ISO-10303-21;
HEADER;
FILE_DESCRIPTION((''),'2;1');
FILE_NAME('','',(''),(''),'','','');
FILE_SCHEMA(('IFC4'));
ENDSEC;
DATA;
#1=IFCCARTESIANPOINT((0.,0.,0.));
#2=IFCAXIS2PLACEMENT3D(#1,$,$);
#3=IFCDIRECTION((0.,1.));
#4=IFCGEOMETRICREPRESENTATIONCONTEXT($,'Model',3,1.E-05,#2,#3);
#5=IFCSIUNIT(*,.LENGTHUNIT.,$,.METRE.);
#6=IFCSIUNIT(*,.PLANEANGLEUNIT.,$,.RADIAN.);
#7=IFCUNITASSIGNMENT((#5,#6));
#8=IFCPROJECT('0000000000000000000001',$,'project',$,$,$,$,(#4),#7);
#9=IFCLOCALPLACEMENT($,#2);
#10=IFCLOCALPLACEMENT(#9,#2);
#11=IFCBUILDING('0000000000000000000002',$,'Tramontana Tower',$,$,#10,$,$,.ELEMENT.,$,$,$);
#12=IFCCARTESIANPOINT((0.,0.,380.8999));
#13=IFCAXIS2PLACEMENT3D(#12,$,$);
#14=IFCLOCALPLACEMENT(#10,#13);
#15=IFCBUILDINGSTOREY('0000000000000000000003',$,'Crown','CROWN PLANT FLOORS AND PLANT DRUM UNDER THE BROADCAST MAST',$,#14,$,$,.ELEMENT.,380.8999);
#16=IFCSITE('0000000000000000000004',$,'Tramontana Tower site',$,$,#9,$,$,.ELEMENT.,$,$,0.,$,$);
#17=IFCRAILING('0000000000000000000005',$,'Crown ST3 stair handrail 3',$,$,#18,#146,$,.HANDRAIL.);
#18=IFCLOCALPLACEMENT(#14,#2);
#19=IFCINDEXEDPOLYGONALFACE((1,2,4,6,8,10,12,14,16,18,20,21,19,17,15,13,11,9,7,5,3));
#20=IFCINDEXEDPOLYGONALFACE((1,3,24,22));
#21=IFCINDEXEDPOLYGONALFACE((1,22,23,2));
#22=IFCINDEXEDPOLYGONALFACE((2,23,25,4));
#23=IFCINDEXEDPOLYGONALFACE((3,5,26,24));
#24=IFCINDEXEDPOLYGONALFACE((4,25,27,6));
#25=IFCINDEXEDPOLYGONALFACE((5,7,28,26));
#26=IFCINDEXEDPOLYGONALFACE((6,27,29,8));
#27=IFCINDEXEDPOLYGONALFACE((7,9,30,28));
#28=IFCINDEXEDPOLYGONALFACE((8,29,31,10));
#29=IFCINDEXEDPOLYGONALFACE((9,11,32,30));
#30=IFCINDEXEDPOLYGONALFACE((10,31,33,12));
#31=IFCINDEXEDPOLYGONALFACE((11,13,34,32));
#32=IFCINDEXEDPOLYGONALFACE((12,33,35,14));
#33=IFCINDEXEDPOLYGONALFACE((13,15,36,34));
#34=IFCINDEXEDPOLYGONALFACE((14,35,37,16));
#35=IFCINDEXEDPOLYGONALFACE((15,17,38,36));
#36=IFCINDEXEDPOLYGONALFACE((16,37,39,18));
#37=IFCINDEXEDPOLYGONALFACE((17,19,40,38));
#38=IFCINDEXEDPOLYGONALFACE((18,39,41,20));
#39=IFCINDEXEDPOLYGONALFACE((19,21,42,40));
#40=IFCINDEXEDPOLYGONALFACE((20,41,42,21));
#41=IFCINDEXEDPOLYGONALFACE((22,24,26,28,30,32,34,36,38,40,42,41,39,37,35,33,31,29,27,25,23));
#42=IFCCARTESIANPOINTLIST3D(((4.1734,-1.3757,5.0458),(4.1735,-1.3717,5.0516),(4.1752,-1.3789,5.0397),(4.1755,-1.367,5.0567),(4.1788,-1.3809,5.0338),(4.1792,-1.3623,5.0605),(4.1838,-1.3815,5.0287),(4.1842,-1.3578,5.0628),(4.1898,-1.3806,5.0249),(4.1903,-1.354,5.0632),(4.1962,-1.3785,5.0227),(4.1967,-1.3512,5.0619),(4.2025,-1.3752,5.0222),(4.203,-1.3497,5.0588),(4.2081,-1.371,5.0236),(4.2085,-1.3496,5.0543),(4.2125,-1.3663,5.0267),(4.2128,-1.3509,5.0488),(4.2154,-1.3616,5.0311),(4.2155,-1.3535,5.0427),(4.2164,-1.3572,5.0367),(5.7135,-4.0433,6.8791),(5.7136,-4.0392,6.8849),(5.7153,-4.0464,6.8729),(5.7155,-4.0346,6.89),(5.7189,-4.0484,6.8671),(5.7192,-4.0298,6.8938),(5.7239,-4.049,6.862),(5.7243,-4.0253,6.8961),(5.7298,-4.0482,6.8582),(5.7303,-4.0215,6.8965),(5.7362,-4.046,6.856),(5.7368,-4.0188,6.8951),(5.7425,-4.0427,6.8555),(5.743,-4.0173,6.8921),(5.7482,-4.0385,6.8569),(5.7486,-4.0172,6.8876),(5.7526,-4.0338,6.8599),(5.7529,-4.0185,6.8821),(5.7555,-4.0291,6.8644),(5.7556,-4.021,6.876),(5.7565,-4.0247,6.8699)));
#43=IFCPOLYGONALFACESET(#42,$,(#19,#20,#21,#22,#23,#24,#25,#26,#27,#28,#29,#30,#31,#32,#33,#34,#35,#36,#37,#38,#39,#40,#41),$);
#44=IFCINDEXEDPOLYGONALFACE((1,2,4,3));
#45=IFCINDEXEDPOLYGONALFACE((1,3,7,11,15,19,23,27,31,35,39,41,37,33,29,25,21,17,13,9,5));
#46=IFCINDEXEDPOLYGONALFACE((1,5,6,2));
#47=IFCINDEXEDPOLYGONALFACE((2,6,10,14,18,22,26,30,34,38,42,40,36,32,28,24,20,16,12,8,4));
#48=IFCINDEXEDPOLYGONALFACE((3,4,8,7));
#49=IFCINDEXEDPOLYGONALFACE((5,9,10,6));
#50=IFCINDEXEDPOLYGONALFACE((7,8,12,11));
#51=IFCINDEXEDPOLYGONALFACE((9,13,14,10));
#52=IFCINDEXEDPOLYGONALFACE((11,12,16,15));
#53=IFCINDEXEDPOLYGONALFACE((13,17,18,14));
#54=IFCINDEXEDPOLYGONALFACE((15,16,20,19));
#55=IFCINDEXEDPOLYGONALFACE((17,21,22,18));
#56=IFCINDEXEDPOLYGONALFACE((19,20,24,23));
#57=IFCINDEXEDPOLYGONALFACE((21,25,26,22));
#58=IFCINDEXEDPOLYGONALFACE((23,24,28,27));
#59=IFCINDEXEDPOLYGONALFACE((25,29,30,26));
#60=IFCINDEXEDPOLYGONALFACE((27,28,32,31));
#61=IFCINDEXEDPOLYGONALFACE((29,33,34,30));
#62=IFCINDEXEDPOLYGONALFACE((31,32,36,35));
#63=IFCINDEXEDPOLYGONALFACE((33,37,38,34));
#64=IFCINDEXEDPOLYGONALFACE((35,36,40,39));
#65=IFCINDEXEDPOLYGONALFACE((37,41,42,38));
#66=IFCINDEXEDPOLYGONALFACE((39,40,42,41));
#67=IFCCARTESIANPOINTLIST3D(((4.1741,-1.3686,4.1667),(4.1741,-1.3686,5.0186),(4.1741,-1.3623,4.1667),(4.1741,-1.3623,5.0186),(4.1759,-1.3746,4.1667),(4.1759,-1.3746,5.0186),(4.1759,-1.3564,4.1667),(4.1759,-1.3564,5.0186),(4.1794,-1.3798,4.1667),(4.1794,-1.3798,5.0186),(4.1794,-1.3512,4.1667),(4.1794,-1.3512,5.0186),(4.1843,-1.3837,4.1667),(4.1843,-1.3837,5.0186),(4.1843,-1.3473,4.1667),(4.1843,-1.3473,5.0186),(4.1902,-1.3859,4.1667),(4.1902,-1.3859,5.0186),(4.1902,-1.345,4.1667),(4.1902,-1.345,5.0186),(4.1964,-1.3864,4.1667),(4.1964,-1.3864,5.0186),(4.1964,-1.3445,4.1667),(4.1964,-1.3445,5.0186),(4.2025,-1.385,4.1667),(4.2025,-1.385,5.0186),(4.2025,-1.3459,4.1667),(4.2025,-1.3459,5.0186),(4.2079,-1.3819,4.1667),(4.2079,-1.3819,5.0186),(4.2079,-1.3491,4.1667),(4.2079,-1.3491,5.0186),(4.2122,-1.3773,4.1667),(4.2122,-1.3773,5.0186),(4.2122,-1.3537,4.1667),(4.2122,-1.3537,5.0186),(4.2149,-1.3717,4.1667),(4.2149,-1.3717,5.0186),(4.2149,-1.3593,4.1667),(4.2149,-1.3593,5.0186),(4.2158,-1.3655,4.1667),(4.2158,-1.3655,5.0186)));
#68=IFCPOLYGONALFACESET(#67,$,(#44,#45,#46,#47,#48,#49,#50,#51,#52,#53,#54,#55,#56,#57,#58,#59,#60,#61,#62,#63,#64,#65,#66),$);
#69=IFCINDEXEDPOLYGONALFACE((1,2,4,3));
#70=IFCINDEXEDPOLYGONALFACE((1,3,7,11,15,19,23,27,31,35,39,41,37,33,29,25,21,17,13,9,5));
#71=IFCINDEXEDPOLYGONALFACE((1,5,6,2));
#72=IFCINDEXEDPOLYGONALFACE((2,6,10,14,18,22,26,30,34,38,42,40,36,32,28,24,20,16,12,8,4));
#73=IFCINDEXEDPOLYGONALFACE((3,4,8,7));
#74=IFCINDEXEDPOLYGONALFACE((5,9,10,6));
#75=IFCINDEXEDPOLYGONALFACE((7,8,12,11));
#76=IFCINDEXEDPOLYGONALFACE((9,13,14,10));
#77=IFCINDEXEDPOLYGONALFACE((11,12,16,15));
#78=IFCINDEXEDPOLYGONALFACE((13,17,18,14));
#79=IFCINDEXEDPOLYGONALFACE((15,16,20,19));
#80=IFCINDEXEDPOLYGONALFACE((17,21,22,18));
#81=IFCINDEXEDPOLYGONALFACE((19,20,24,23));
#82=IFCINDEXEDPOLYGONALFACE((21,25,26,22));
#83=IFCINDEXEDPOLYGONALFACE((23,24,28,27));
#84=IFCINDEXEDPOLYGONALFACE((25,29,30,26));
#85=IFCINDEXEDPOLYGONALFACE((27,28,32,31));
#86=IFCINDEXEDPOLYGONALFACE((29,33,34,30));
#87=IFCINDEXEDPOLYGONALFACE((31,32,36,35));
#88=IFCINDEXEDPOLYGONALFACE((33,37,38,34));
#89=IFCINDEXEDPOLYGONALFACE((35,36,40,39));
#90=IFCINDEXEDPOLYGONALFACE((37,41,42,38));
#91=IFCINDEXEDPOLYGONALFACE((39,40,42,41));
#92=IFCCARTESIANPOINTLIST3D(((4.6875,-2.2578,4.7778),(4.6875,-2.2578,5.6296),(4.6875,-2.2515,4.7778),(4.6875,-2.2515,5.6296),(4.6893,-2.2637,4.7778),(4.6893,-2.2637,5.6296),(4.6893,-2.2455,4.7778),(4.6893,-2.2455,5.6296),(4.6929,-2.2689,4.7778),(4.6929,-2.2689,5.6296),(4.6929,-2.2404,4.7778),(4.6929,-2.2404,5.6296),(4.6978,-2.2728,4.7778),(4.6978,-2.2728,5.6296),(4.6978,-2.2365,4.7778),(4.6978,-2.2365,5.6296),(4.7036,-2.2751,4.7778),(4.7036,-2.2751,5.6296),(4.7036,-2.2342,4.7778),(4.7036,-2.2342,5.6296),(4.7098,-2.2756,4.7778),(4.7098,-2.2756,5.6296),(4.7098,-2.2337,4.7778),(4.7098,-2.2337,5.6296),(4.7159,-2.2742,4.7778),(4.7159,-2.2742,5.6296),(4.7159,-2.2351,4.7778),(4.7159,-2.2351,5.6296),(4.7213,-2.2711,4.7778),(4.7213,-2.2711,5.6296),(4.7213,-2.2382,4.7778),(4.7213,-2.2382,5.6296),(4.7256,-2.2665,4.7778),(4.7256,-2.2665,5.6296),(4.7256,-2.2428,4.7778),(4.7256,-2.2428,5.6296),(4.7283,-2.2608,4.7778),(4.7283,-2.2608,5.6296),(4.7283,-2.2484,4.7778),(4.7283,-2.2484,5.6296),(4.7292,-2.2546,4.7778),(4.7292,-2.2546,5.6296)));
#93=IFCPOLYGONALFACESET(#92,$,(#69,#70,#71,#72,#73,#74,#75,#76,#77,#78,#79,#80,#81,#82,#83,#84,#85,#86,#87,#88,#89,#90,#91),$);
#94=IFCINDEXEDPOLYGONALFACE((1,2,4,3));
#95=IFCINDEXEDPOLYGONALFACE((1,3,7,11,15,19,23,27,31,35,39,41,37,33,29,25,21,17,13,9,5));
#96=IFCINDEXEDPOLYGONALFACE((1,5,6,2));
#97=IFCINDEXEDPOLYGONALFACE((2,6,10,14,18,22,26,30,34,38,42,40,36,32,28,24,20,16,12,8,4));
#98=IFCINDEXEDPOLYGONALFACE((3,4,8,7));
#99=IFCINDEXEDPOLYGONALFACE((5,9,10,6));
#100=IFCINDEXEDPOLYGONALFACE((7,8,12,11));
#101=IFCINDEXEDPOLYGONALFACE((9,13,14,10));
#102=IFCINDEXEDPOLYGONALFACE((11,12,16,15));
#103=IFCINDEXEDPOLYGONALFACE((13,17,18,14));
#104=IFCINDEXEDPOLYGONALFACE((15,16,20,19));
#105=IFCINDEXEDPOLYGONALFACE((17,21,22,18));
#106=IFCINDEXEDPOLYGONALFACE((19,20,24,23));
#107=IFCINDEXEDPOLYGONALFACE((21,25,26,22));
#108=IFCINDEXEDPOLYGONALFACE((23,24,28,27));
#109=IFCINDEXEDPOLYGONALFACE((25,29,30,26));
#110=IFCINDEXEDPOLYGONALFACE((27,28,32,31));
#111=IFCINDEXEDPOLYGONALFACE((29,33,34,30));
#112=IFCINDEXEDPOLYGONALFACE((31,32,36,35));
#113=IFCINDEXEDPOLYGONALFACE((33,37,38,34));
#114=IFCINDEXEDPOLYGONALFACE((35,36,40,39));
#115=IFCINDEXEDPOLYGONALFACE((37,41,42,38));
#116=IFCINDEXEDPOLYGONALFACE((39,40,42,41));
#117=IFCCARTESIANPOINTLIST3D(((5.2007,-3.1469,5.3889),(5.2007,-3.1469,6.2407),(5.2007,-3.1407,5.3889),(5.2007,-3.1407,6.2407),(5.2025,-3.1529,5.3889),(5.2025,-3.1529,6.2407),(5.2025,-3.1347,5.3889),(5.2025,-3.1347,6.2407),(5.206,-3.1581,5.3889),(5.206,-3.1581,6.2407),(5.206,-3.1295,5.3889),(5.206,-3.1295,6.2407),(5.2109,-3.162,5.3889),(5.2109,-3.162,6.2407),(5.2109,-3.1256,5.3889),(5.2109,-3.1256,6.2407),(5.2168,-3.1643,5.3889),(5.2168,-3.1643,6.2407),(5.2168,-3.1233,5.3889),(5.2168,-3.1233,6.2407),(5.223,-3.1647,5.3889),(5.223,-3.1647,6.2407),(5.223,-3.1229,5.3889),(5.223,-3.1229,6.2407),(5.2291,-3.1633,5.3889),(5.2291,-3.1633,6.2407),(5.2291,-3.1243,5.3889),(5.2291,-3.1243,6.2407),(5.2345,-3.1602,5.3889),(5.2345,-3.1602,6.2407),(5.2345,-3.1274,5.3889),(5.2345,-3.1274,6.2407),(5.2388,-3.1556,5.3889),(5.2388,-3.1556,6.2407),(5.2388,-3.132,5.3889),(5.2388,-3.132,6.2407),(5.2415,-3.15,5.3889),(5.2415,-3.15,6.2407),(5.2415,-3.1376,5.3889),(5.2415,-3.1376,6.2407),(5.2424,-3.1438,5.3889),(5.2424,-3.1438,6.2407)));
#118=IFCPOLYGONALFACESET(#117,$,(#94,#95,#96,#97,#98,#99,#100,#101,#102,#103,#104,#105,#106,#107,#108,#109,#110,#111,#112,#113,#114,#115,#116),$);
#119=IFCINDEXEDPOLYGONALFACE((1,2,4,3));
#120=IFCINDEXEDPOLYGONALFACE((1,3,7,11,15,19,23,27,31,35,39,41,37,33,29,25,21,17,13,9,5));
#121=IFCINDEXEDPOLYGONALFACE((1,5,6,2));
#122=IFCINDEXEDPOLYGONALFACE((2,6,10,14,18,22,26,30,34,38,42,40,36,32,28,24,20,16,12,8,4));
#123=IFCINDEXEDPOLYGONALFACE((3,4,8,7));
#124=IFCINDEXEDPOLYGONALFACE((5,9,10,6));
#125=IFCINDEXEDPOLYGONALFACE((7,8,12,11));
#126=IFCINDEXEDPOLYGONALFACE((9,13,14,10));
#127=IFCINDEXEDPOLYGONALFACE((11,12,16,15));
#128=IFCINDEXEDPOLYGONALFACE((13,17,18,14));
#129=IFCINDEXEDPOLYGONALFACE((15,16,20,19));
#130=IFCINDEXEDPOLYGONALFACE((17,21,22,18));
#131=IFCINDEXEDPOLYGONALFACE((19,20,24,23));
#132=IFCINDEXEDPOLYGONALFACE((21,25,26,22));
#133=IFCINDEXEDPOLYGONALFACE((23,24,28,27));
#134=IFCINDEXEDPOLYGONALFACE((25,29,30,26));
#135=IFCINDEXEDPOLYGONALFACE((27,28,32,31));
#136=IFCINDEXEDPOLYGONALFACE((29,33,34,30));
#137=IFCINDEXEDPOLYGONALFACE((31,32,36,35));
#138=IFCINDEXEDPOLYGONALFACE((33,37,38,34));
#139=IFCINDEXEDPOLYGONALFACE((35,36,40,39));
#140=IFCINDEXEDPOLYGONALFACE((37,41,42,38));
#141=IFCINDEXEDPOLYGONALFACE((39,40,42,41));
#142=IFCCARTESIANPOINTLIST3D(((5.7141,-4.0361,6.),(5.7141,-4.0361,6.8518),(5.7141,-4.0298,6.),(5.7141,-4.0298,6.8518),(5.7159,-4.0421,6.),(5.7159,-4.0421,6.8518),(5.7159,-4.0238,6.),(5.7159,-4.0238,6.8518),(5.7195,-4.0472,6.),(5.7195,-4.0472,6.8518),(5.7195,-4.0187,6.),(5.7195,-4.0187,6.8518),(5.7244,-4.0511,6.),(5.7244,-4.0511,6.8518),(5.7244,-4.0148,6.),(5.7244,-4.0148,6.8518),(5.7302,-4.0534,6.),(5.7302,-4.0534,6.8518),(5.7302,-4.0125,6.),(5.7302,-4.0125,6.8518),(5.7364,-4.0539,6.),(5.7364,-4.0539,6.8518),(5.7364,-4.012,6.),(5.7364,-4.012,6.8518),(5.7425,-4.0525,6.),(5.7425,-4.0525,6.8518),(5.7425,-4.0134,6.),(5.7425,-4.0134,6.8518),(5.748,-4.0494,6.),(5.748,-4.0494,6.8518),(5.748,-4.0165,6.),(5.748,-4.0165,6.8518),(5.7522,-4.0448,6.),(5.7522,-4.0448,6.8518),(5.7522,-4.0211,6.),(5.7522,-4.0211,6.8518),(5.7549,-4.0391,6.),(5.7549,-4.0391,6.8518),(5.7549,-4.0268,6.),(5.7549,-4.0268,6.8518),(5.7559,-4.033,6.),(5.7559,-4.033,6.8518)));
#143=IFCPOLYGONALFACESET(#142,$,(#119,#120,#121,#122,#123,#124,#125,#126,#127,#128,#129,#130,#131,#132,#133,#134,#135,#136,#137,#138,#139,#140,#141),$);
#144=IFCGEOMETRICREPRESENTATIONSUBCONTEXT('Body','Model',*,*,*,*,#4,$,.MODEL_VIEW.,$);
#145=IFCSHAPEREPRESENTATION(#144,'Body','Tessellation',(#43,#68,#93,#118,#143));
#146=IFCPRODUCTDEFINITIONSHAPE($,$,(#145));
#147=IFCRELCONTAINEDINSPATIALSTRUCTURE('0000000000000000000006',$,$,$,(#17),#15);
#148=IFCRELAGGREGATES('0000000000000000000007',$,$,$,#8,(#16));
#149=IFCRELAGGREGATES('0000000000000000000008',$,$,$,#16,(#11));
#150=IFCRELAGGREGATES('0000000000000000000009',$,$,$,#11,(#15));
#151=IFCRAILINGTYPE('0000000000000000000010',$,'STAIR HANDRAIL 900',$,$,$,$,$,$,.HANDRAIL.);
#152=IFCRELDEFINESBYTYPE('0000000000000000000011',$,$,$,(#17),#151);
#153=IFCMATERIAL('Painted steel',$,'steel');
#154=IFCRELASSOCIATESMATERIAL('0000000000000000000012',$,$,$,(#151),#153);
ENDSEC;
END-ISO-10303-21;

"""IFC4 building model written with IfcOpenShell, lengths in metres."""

from ifc_helpers import new_model, si_unit, direction, frame, origin, origin_2d, place, context, subcontext, project, spatial, circle, extrude, material, type_object, element, save


model = new_model("IFC4")

# Units and contexts
model_context = context("Model", 3, precision=1e-05, world=origin(), true_north=direction((0.0, 1.0)))
body_context = subcontext(model_context, "Body", "Model", "MODEL_VIEW")
ifc_project = project(units=[si_unit("LENGTHUNIT", "METRE"), si_unit("PLANEANGLEUNIT", "RADIAN")], contexts=[model_context])

# Site, building, storey
site_placement = place(None, origin())
site = spatial("IfcSite", under=ifc_project, at=site_placement, Name="Tramontana Tower site", CompositionType="ELEMENT", RefElevation=0.0)
building_placement = place(site_placement, origin())
building = spatial("IfcBuilding", under=site, at=building_placement, Name="Tramontana Tower", CompositionType="ELEMENT")
storey_placement = place(building_placement, frame((0.0, 0.0, 380.8999)))
storey = spatial("IfcBuildingStorey", under=building, at=storey_placement, Name="Crown", Description="CROWN PLANT FLOORS AND PLANT DRUM UNDER THE BROADCAST MAST", CompositionType="ELEMENT", Elevation=380.8999)

# Railing
ifc_material_1 = material(Name="Painted steel", Category="steel")
railing_type_1 = type_object("IfcRailingType", Name="STAIR HANDRAIL 900", PredefinedType="HANDRAIL", material=ifc_material_1)
railing_1_placement = place(storey_placement, frame((4.1948, -1.3655, 4.1667)))
element("IfcRailing", 1, at=railing_1_placement, inside=storey, type_object=railing_type_1, Name="Crown ST3 stair handrail 3", PredefinedType="HANDRAIL", context=body_context, shape_type="SweptSolid", body=[
    extrude(circle(Radius=0.0239, at=origin_2d()), frame((0.0, 0.0, 0.876), z_axis=(0.429649, -0.74419, 0.511452), x_axis=(0.86603, 0.499992, 0.0)), (0.0, 0.0, 1.0), 3.5845),
    extrude(circle(Radius=0.021, at=origin_2d()), origin(), (0.0, 0.0, 1.0), 0.8518),
    extrude(circle(Radius=0.021, at=origin_2d()), frame((0.5134, -0.8892, 0.6111)), (0.0, 0.0, 1.0), 0.8518),
    extrude(circle(Radius=0.021, at=origin_2d()), frame((1.0266, -1.7783, 1.2222)), (0.0, 0.0, 1.0), 0.8518),
    extrude(circle(Radius=0.021, at=origin_2d()), frame((1.54, -2.6675, 1.8333)), (0.0, 0.0, 1.0), 0.8518),
])

save(model, "model.ifc")
